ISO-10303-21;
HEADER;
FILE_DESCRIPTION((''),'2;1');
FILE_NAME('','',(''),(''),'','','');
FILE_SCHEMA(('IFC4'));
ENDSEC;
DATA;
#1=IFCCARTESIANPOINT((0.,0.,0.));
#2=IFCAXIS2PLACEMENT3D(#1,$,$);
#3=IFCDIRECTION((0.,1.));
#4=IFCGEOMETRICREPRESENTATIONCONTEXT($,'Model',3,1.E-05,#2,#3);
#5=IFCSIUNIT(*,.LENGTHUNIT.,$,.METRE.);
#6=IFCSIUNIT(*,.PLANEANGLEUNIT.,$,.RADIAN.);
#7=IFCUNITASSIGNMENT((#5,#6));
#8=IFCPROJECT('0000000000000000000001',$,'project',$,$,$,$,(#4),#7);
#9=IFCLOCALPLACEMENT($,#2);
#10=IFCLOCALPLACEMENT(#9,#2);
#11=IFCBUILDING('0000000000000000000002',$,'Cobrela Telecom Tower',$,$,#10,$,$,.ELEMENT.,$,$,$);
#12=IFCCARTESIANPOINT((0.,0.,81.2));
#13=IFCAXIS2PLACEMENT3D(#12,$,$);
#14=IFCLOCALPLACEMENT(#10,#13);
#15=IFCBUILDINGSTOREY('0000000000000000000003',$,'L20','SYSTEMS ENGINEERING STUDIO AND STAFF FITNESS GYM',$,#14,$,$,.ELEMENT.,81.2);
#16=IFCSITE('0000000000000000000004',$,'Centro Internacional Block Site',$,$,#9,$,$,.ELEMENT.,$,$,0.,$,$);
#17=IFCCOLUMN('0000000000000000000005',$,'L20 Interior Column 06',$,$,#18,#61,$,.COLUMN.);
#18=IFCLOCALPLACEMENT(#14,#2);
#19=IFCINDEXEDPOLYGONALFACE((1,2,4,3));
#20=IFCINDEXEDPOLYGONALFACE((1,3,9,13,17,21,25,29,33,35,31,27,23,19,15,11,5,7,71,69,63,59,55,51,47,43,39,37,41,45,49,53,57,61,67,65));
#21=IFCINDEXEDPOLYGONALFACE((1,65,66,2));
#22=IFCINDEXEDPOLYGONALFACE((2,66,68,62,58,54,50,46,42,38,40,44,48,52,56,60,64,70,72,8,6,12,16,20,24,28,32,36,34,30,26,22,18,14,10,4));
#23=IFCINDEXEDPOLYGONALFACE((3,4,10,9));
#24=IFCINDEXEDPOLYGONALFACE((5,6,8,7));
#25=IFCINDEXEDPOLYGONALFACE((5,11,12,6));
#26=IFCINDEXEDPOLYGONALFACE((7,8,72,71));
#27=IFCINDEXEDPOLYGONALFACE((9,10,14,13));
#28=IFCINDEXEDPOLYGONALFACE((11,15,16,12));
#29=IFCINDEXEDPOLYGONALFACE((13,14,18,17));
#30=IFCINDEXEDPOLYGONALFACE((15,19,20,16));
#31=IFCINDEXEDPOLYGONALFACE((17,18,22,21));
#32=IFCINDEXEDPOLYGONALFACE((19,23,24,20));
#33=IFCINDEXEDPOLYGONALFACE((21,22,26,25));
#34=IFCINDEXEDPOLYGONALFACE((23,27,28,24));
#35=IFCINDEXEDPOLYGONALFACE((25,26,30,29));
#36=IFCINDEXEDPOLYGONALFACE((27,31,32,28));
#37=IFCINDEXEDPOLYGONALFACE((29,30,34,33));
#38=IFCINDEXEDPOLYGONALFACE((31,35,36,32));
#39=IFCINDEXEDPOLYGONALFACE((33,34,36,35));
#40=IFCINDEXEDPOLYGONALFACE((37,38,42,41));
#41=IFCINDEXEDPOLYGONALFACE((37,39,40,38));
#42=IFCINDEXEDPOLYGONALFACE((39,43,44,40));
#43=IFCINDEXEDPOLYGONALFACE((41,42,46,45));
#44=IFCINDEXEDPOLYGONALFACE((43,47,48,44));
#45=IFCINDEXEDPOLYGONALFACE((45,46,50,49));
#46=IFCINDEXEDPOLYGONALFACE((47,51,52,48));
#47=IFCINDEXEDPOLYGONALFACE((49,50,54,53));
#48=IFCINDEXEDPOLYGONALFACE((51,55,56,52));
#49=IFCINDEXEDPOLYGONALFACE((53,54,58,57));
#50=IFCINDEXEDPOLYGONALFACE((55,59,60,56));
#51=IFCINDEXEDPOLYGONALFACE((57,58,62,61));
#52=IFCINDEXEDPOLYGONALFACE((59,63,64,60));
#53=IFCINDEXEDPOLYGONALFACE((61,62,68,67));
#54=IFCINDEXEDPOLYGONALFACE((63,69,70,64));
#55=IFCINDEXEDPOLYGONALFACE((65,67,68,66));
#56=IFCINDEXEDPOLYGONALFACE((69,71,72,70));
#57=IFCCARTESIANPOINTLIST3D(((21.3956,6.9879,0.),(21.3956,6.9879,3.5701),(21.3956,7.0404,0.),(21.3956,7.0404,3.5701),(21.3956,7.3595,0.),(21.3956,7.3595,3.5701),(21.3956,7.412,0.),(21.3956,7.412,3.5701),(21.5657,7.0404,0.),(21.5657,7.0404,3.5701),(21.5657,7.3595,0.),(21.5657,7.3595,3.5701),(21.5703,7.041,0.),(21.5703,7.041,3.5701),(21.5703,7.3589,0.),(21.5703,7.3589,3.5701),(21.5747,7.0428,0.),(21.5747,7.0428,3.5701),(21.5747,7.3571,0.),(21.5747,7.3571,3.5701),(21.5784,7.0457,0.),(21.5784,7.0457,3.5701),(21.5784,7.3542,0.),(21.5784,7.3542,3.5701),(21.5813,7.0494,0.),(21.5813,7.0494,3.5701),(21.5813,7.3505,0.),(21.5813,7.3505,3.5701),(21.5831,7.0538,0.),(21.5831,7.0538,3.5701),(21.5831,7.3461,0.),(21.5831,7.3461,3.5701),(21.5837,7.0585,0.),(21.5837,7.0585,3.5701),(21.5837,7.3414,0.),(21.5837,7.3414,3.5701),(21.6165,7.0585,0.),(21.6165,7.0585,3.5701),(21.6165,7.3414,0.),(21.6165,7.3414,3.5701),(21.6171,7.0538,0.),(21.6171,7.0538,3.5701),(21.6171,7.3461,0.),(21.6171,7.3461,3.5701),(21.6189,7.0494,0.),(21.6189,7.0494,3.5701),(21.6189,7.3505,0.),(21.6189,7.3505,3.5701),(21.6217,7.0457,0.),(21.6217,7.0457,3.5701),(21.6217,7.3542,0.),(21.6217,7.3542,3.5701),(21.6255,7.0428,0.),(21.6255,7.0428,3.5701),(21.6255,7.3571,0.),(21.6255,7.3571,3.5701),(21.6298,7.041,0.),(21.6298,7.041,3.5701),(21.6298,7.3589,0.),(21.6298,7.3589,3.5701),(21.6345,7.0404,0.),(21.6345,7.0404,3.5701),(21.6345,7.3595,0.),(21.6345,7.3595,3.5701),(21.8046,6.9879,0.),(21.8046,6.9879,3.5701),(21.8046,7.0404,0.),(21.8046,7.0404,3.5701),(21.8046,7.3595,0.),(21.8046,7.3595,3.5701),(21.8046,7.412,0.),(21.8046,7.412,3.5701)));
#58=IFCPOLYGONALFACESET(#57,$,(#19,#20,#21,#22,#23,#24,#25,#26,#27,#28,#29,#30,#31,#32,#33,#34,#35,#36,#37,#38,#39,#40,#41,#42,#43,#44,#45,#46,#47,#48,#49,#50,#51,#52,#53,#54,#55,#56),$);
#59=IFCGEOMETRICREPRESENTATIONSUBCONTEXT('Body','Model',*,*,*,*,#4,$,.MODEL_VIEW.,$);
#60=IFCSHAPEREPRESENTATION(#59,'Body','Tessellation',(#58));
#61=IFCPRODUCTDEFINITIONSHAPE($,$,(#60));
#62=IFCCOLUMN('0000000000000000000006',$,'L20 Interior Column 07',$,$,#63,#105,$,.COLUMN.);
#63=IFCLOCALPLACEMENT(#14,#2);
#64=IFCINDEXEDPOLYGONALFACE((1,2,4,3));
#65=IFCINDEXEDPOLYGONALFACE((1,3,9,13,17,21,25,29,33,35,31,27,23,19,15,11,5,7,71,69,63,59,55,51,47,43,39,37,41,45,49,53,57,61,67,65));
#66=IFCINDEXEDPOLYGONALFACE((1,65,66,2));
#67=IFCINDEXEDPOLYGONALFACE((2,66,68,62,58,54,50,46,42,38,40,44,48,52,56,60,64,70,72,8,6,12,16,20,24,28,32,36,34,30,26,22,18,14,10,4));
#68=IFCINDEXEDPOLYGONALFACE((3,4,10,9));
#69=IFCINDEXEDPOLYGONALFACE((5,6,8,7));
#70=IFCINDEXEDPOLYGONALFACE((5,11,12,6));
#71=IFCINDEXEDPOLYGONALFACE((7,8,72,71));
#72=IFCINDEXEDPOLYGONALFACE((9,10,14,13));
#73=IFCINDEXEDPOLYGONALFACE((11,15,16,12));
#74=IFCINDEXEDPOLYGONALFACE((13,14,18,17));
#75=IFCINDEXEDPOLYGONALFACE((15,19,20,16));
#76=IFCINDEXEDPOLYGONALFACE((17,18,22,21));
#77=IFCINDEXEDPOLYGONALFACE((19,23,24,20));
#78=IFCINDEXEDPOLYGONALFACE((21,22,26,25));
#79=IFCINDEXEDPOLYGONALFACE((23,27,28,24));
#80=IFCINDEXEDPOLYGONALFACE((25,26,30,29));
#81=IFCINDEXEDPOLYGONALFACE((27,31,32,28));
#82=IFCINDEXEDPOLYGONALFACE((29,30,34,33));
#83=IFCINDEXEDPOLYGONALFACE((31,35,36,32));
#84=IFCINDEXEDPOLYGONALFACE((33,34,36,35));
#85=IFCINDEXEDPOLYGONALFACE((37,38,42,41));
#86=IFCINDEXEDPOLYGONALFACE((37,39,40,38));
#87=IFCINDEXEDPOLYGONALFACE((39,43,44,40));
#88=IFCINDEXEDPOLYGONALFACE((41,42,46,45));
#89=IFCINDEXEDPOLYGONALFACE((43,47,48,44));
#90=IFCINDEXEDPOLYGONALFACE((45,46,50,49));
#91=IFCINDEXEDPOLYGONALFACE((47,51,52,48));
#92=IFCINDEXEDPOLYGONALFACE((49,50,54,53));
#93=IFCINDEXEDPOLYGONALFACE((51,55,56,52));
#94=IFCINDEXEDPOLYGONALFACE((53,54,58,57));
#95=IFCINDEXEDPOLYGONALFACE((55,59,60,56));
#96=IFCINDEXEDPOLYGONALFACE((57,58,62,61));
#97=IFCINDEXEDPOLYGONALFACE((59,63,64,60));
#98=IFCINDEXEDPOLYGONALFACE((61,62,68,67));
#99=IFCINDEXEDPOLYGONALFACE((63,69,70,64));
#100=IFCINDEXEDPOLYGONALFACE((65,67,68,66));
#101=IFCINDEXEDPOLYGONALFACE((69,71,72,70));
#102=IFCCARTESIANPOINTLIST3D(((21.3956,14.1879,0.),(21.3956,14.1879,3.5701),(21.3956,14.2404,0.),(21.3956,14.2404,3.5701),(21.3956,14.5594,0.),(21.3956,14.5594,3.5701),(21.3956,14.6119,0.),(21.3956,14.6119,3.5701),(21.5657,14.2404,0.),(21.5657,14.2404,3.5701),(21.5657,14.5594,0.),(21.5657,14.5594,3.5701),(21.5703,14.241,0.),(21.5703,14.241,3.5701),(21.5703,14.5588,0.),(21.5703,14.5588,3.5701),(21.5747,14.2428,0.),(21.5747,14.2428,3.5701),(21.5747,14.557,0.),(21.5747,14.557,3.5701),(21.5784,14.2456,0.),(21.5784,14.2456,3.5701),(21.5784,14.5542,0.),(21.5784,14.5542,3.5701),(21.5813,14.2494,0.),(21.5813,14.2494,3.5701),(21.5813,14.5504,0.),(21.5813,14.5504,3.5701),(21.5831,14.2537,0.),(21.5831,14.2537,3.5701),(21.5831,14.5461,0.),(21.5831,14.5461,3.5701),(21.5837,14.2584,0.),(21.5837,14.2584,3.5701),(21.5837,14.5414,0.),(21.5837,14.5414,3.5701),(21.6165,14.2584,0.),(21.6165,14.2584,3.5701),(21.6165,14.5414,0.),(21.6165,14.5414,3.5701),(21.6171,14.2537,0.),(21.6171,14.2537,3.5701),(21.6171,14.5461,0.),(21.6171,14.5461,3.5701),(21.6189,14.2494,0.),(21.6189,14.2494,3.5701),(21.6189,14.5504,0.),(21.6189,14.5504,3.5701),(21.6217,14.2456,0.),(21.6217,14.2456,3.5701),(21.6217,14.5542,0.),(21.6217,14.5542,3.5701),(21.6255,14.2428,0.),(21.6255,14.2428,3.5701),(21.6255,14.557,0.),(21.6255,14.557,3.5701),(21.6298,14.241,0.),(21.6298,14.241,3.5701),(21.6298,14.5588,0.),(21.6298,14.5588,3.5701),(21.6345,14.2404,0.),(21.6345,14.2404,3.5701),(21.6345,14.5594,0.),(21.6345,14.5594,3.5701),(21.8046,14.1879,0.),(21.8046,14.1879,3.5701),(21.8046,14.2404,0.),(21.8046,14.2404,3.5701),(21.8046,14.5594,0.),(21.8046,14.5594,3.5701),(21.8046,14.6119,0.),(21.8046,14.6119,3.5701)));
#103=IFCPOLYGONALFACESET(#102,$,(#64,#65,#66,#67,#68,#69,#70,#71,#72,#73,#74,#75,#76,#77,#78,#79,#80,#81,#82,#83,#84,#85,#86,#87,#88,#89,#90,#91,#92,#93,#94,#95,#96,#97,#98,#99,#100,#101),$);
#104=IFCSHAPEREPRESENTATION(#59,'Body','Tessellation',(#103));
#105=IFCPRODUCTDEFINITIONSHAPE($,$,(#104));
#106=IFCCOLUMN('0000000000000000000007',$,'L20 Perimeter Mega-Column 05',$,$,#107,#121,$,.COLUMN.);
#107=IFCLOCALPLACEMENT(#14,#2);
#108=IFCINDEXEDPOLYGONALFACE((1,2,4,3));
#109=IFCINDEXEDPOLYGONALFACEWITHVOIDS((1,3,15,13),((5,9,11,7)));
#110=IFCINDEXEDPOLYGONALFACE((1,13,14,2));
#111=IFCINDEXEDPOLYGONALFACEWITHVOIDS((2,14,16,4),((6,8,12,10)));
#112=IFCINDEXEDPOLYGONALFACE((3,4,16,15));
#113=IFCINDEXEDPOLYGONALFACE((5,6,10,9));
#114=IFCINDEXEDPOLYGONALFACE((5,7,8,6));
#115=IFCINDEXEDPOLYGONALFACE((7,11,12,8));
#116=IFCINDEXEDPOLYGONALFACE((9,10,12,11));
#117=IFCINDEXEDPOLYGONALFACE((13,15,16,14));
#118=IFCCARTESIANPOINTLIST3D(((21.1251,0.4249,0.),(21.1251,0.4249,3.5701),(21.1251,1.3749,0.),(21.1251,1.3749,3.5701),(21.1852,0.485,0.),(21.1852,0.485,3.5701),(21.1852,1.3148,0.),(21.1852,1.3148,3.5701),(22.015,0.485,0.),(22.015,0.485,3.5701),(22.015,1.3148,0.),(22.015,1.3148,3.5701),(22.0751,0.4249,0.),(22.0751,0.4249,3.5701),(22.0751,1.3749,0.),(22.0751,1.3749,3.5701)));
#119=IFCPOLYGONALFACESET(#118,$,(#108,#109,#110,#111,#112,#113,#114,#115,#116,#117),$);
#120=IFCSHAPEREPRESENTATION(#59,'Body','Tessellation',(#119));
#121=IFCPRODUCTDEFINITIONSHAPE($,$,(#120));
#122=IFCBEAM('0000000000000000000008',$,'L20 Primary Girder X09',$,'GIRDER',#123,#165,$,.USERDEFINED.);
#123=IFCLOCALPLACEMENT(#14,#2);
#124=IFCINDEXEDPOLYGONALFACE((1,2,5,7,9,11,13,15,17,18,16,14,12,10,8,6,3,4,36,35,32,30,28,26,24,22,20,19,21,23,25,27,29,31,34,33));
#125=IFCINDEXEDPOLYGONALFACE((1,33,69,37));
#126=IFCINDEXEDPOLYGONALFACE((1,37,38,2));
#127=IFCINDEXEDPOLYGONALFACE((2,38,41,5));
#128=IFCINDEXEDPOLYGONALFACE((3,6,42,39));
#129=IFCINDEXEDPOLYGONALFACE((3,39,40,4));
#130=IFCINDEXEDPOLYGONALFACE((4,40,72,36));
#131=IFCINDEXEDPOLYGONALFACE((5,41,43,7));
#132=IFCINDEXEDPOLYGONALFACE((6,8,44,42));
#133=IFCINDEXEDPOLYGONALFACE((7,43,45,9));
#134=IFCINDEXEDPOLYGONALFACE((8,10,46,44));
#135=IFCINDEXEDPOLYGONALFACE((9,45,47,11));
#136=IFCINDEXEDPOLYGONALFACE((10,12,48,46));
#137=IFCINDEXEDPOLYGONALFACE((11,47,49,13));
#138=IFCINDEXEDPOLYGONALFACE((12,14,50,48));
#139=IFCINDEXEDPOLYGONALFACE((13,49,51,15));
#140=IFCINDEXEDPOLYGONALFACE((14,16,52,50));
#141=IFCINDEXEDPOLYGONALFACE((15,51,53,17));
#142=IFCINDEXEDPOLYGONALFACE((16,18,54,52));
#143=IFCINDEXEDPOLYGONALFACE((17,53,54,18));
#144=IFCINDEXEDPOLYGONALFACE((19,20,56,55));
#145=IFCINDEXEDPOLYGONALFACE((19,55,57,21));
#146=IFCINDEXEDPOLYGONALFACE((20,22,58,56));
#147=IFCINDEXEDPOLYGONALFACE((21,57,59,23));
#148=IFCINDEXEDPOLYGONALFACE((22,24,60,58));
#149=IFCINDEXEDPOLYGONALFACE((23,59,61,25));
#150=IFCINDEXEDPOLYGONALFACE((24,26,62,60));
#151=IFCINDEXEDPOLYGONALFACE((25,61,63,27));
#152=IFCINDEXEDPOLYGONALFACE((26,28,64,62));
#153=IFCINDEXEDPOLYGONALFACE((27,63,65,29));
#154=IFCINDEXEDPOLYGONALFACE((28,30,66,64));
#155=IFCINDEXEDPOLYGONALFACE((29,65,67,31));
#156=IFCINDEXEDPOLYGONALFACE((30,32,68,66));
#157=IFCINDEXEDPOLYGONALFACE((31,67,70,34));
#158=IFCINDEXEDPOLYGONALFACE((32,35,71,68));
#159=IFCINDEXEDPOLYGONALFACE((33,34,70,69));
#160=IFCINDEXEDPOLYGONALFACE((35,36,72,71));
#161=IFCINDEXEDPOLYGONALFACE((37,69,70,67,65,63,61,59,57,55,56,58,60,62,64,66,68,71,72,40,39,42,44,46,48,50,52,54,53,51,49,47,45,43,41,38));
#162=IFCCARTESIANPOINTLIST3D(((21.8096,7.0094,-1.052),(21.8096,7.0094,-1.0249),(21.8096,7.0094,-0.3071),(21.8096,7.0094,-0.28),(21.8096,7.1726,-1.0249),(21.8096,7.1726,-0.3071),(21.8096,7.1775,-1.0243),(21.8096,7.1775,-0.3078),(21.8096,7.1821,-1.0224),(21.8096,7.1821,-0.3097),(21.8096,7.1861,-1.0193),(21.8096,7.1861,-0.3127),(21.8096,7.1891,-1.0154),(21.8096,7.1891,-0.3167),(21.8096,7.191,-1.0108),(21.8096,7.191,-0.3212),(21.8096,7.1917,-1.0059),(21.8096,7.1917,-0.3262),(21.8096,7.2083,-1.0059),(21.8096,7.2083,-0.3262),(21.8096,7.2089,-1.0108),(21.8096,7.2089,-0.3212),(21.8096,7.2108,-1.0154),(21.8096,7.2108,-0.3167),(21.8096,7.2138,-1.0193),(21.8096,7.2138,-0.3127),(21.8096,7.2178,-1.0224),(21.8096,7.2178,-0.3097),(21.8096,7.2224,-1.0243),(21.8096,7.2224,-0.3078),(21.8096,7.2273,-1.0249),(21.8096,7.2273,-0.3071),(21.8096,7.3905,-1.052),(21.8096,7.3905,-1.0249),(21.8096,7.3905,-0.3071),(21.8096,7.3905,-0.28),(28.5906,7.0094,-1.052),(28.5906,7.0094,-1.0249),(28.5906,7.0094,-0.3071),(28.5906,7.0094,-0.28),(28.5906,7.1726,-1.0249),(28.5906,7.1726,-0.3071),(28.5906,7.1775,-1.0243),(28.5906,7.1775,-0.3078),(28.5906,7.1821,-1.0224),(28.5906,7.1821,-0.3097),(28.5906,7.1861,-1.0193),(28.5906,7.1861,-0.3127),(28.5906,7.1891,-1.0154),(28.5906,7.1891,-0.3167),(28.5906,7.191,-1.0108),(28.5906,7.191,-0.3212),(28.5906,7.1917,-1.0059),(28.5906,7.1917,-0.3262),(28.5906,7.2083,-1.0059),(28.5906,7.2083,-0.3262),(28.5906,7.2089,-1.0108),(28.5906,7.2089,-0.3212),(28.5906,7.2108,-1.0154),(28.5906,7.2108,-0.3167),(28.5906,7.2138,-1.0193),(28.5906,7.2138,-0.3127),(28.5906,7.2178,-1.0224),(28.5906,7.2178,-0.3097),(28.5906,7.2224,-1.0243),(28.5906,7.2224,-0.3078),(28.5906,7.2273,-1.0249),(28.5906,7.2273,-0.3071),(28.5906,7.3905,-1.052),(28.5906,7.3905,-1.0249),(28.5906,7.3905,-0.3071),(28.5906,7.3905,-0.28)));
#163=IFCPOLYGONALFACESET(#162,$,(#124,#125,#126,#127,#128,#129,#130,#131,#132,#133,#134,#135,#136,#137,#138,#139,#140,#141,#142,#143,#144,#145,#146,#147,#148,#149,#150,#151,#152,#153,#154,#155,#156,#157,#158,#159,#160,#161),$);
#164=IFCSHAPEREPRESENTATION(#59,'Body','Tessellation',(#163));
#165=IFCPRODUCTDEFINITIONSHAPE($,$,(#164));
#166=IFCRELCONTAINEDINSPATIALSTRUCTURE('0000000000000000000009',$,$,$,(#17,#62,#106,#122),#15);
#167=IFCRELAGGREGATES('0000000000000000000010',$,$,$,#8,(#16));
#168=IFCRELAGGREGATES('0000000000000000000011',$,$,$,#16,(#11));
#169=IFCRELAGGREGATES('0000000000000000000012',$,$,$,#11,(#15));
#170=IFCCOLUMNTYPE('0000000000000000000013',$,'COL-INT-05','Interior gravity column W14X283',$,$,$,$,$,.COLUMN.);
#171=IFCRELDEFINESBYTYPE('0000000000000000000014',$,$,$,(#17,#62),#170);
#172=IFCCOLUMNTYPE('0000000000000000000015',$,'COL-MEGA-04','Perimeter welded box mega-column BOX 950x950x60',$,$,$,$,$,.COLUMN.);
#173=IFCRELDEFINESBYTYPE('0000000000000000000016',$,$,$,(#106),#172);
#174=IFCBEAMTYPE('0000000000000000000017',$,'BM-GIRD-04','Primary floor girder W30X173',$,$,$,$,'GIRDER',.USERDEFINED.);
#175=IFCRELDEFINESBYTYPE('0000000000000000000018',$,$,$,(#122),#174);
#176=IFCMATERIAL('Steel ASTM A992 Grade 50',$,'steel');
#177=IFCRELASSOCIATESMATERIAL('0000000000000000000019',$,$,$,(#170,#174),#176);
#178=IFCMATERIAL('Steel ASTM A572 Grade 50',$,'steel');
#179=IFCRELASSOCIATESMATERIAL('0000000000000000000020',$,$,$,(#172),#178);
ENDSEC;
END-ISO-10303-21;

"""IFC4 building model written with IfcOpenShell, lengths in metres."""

from ifc_helpers import new_model, si_unit, direction, frame, origin, origin_2d, place, context, subcontext, project, spatial, hollow_rectangle, i_section, extrude, material, material_profile, profile_set, type_object, element, save


model = new_model("IFC4")

# Units and contexts
model_context = context("Model", 3, precision=1e-05, world=origin(), true_north=direction((0.0, 1.0)))
body_context = subcontext(model_context, "Body", "Model", "MODEL_VIEW")
ifc_project = project(units=[si_unit("LENGTHUNIT", "METRE"), si_unit("PLANEANGLEUNIT", "RADIAN")], contexts=[model_context])

# Site, building, storey
site_placement = place(None, origin())
site = spatial("IfcSite", under=ifc_project, at=site_placement, Name="Centro Internacional Block Site", CompositionType="ELEMENT", RefElevation=0.0)
building_placement = place(site_placement, origin())
building = spatial("IfcBuilding", under=site, at=building_placement, Name="Cobrela Telecom Tower", CompositionType="ELEMENT")
storey_placement = place(building_placement, frame((0.0, 0.0, 81.2)))
storey = spatial("IfcBuildingStorey", under=building, at=storey_placement, Name="L20", Description="SYSTEMS ENGINEERING STUDIO AND STAFF FITNESS GYM", CompositionType="ELEMENT", Elevation=81.2)

# Columns
ifc_material_1 = material(Name="Steel ASTM A992 Grade 50", Category="steel")
ifc_material_profile_1 = material_profile(ifc_material_1, i_section(OverallWidth=0.4089, OverallDepth=0.4241, WebThickness=0.0327, FlangeThickness=0.0525, FilletRadius=0.0181, at=origin_2d()), Name="W14X283")
ifc_profile_set_1 = profile_set([ifc_material_profile_1], Name="Steel ASTM A992 Grade 50")
column_type_1 = type_object("IfcColumnType", Name="COL-INT-05", Description="Interior gravity column W14X283", PredefinedType="COLUMN", material=ifc_profile_set_1)
for number, where, z_axis, x_axis, name in (
    (1, (21.6001, 7.2, 0.0), (0.0, 0.0, 1.0), (1.0, 0.0, 0.0), "L20 Interior Column 06"),
    (2, (21.6001, 14.3999, 0.0), (0.0, 0.0, 1.0), (1.0, 0.0, 0.0), "L20 Interior Column 07"),
):
    element("IfcColumn", number, at=place(storey_placement, frame(where, z_axis=z_axis, x_axis=x_axis)), inside=storey, type_object=column_type_1, Name=name, PredefinedType="COLUMN", context=body_context, shape_type="SweptSolid", body=[
        extrude(i_section(OverallWidth=0.4089, OverallDepth=0.4241, WebThickness=0.0327, FlangeThickness=0.0525, FilletRadius=0.0181, at=origin_2d()), origin(), (0.0, 0.0, 1.0), 3.5701),
    ])
ifc_material_2 = material(Name="Steel ASTM A572 Grade 50", Category="steel")
ifc_material_profile_2 = material_profile(ifc_material_2, hollow_rectangle(XDim=0.95, YDim=0.95, WallThickness=0.0601, at=origin_2d()), Name="BOX 950x950x60")
ifc_profile_set_2 = profile_set([ifc_material_profile_2], Name="Steel ASTM A572 Grade 50")
column_type_2 = type_object("IfcColumnType", Name="COL-MEGA-04", Description="Perimeter welded box mega-column BOX 950x950x60", PredefinedType="COLUMN", material=ifc_profile_set_2)
column_placement = place(storey_placement, frame((21.6001, 0.8999, 0.0), z_axis=(0.0, 0.0, 1.0), x_axis=(1.0, 0.0, 0.0)))
element("IfcColumn", 3, at=column_placement, inside=storey, type_object=column_type_2, Name="L20 Perimeter Mega-Column 05", PredefinedType="COLUMN", context=body_context, shape_type="SweptSolid", body=[
    extrude(hollow_rectangle(XDim=0.95, YDim=0.95, WallThickness=0.0601, at=origin_2d()), origin(), (0.0, 0.0, 1.0), 3.5701),
])

# Beam
ifc_material_profile_3 = material_profile(ifc_material_1, i_section(OverallWidth=0.3811, OverallDepth=0.772, WebThickness=0.0166, FlangeThickness=0.0271, FilletRadius=0.019, at=origin_2d()), Name="W30X173")
ifc_profile_set_3 = profile_set([ifc_material_profile_3], Name="Steel ASTM A992 Grade 50")
beam_type_1 = type_object("IfcBeamType", Name="BM-GIRD-04", Description="Primary floor girder W30X173", ElementType="GIRDER", PredefinedType="USERDEFINED", material=ifc_profile_set_3)
for number, where, z_axis, x_axis, name in (
    (4, (21.8096, 7.2, -0.666), (1.0, 0.0, 0.0), (0.0, 1.0, 0.0), "L20 Primary Girder X09"),
):
    element("IfcBeam", number, at=place(storey_placement, frame(where, z_axis=z_axis, x_axis=x_axis)), inside=storey, type_object=beam_type_1, Name=name, ObjectType="GIRDER", PredefinedType="USERDEFINED", context=body_context, shape_type="SweptSolid", body=[
        extrude(i_section(OverallWidth=0.3811, OverallDepth=0.772, WebThickness=0.0166, FlangeThickness=0.0271, FilletRadius=0.019, at=origin_2d()), origin(), (0.0, 0.0, 1.0), 6.781),
    ])

save(model, "model.ifc")
